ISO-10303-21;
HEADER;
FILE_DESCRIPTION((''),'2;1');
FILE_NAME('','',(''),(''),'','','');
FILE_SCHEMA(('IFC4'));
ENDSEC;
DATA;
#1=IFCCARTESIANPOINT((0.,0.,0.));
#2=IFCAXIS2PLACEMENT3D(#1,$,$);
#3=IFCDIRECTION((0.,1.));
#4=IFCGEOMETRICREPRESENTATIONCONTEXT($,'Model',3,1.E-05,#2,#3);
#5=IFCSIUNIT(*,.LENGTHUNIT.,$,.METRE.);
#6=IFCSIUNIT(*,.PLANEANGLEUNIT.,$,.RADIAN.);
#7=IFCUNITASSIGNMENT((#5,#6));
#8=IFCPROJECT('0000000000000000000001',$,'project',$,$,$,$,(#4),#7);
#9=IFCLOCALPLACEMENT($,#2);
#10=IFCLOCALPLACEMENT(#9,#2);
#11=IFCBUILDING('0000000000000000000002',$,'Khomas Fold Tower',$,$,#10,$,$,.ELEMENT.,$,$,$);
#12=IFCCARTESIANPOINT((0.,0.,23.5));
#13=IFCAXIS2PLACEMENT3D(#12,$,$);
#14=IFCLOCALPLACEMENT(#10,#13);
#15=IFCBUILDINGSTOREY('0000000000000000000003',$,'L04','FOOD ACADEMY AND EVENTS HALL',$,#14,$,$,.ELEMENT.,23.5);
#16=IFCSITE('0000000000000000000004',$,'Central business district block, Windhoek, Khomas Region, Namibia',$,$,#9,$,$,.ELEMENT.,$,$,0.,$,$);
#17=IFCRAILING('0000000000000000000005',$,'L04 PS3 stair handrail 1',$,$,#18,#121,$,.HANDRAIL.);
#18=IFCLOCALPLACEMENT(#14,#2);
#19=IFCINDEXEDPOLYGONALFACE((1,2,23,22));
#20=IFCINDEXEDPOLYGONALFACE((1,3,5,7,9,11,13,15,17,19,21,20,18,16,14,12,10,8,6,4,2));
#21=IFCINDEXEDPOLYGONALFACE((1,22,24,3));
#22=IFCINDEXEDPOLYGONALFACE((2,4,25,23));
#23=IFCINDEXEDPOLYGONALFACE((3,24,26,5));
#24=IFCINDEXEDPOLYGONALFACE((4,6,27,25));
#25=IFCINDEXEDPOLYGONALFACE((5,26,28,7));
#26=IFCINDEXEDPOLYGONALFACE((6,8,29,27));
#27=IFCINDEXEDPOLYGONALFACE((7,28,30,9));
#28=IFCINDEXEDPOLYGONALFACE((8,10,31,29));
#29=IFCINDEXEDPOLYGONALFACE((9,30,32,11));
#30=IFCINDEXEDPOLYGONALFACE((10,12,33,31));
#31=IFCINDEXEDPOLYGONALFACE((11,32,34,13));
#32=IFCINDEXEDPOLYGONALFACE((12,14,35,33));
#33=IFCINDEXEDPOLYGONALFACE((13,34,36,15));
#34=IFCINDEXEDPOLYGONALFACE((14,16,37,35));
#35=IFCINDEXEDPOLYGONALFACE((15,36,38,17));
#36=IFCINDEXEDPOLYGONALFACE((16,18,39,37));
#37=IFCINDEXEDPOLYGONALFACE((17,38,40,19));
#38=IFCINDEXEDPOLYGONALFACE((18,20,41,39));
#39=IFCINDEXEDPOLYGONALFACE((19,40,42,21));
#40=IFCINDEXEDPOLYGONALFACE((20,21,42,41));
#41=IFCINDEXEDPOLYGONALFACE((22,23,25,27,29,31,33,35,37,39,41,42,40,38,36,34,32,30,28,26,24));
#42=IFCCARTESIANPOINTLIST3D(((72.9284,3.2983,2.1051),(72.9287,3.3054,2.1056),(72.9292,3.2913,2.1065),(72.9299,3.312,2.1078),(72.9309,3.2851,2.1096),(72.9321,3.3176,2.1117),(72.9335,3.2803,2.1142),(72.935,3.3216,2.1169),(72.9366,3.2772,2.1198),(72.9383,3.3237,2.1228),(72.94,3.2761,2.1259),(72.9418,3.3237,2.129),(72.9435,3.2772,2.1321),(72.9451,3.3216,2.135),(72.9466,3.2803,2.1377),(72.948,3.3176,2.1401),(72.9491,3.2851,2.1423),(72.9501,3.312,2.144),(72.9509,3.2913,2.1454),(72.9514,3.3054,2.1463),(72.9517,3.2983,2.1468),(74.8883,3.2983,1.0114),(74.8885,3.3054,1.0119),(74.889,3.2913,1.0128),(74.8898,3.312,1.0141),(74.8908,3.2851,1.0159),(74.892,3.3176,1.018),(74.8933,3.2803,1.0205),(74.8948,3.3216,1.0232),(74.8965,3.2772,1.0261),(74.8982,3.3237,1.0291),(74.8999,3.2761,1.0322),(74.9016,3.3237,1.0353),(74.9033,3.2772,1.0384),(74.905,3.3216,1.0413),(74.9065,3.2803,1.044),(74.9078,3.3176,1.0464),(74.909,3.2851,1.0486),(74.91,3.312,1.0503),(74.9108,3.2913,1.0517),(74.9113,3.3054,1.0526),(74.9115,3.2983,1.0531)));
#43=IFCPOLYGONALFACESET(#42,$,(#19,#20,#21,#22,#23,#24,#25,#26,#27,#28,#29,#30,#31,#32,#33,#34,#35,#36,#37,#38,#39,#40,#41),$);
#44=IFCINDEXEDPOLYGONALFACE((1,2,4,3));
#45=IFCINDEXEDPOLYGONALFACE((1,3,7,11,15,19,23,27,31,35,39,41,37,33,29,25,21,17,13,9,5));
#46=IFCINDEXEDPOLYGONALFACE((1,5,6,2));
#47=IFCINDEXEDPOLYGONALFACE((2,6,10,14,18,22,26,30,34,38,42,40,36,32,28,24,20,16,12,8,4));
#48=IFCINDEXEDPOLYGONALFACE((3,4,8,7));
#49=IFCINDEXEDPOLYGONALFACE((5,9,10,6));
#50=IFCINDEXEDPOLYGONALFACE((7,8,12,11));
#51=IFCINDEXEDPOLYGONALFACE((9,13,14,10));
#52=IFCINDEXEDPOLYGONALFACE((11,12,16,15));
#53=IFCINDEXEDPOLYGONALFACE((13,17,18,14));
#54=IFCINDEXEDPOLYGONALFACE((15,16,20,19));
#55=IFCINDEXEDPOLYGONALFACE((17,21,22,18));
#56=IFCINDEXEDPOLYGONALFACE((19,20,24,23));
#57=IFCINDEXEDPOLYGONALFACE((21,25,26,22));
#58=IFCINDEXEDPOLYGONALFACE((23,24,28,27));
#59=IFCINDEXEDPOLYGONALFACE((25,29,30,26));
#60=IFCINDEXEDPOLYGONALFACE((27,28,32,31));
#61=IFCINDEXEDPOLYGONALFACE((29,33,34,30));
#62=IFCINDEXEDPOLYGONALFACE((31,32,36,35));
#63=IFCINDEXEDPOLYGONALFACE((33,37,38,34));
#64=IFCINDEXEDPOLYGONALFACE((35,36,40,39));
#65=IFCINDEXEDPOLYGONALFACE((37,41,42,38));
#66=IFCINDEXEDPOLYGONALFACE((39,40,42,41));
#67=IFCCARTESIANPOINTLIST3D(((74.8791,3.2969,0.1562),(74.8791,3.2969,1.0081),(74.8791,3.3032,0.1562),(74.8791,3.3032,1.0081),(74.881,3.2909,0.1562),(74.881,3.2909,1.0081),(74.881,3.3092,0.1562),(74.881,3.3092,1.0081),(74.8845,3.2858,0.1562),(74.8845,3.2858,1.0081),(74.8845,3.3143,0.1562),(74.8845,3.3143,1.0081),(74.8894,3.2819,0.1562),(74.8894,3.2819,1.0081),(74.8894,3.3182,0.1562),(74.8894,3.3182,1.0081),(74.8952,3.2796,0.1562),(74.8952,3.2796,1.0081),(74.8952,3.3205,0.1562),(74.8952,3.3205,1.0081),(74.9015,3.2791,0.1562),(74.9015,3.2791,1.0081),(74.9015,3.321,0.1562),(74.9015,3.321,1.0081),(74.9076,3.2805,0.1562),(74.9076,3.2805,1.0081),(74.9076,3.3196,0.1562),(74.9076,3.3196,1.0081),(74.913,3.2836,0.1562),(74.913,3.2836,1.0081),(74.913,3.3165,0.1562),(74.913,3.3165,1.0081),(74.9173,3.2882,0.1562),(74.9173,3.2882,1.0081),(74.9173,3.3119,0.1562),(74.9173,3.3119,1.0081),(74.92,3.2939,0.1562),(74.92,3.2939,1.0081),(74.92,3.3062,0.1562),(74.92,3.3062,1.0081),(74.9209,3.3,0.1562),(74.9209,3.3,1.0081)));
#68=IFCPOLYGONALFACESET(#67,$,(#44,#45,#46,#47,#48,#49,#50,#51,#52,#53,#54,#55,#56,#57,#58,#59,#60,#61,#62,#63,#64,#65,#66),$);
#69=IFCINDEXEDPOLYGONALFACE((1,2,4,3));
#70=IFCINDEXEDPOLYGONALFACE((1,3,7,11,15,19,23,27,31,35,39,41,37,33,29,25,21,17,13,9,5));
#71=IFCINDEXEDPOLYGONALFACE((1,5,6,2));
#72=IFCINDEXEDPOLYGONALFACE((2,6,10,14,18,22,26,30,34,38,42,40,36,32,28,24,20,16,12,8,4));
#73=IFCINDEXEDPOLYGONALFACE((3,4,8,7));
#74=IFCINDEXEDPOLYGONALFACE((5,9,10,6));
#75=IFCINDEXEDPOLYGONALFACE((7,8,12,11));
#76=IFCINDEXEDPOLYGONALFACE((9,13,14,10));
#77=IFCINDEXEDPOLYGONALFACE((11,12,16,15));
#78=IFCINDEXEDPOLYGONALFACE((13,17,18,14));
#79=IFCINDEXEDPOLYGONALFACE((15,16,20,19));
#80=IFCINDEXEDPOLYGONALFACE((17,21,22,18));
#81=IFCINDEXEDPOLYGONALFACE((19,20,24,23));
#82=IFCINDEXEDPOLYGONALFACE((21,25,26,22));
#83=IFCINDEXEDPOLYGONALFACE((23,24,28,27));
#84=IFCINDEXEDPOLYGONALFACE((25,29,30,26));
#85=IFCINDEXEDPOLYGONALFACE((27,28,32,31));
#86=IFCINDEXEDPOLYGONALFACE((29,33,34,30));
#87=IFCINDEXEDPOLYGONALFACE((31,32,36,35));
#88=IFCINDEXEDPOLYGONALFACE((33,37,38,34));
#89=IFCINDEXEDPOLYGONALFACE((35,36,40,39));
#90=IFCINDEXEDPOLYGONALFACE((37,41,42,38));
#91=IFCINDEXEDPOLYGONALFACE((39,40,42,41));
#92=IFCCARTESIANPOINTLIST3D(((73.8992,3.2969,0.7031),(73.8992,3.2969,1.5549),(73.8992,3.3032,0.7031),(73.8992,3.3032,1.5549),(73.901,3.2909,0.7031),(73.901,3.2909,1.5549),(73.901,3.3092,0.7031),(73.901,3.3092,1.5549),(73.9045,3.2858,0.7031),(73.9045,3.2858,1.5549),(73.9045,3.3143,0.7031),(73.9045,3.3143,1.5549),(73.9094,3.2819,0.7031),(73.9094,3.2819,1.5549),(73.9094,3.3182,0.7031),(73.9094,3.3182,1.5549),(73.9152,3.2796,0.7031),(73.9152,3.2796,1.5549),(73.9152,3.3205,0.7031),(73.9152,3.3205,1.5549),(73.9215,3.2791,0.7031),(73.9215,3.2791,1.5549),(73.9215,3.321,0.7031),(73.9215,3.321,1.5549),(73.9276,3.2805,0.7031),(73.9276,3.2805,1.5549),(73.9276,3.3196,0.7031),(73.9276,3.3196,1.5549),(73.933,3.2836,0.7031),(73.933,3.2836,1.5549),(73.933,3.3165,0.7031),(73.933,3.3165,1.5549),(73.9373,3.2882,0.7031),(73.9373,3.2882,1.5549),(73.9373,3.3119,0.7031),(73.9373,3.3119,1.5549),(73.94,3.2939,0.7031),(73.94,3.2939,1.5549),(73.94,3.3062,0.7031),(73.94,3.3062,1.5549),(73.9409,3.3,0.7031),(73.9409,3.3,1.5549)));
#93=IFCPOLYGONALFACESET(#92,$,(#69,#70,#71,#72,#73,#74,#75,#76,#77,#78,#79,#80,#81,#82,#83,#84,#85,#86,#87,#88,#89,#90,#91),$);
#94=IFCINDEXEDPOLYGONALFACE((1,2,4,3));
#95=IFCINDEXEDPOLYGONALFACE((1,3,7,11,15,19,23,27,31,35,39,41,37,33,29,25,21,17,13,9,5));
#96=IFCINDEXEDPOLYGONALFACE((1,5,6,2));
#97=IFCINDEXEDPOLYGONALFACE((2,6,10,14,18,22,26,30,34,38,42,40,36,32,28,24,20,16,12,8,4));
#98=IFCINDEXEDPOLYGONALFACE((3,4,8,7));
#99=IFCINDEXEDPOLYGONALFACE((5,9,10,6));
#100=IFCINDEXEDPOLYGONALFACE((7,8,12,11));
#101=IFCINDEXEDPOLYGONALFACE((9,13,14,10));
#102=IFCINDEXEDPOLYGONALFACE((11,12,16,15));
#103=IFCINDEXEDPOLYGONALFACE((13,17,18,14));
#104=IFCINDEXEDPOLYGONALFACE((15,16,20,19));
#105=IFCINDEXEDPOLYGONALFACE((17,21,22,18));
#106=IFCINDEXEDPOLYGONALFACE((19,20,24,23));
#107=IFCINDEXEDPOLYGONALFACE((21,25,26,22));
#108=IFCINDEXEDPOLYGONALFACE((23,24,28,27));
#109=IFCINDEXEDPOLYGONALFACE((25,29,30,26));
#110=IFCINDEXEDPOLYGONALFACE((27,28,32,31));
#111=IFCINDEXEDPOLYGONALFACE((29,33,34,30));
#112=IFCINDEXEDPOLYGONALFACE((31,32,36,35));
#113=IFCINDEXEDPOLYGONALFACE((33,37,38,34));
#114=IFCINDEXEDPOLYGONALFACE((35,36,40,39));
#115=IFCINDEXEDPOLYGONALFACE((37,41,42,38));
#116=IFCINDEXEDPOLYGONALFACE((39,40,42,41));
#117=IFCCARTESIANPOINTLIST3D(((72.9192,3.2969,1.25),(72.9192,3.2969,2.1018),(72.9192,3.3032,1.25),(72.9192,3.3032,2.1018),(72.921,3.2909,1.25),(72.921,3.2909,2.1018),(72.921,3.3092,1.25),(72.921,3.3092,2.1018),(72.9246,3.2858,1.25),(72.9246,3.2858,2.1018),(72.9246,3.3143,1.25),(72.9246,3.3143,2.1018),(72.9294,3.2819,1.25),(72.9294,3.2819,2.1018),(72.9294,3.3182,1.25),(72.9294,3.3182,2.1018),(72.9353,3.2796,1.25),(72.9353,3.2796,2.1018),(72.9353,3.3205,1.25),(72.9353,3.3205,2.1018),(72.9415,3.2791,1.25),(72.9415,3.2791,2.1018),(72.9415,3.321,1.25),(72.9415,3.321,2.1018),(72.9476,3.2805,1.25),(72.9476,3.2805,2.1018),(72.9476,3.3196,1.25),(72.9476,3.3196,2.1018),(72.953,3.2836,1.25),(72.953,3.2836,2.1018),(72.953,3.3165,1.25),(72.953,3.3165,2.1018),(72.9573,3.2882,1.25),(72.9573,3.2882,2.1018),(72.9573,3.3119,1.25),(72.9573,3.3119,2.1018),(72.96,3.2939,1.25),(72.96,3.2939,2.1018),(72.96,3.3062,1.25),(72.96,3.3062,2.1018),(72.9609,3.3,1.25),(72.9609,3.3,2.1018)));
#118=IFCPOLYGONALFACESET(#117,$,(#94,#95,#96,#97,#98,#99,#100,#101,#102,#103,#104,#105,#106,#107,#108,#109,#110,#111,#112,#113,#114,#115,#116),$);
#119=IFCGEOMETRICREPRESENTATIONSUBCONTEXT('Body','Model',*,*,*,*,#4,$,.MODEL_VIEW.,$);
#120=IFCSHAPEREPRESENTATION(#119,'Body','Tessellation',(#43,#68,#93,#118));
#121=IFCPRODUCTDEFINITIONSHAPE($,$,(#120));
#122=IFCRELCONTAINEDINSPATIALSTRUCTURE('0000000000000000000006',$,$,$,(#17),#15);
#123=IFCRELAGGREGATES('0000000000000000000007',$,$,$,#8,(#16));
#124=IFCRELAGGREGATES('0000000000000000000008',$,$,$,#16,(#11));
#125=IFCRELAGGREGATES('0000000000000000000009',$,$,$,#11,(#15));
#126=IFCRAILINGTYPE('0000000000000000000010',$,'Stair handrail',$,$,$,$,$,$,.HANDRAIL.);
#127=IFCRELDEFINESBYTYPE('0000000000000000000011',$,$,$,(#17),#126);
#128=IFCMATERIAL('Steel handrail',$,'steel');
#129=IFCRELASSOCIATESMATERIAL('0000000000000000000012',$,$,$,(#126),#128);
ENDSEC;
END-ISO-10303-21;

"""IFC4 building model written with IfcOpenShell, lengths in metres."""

from ifc_helpers import new_model, si_unit, direction, frame, origin, origin_2d, place, context, subcontext, project, spatial, circle, extrude, source, transform, mapped, material, type_object, element, save


model = new_model("IFC4")

# Units and contexts
model_context = context("Model", 3, precision=1e-05, world=origin(), true_north=direction((0.0, 1.0)))
body_context = subcontext(model_context, "Body", "Model", "MODEL_VIEW")
ifc_project = project(units=[si_unit("LENGTHUNIT", "METRE"), si_unit("PLANEANGLEUNIT", "RADIAN")], contexts=[model_context])

# Site, building, storey
site_placement = place(None, origin())
site = spatial("IfcSite", under=ifc_project, at=site_placement, Name="Central business district block, Windhoek, Khomas Region, Namibia", CompositionType="ELEMENT", RefElevation=0.0)
building_placement = place(site_placement, origin())
building = spatial("IfcBuilding", under=site, at=building_placement, Name="Khomas Fold Tower", CompositionType="ELEMENT")
storey_placement = place(building_placement, frame((0.0, 0.0, 23.5)))
storey = spatial("IfcBuildingStorey", under=building, at=storey_placement, Name="L04", Description="FOOD ACADEMY AND EVENTS HALL", CompositionType="ELEMENT", Elevation=23.5)

# Railing
ifc_material_1 = material(Name="Steel handrail", Category="steel")
railing_type_1 = type_object("IfcRailingType", Name="Stair handrail", PredefinedType="HANDRAIL", material=ifc_material_1)
shared_shape_1 = source(origin(), body_context, "Body", "SweptSolid", [
    extrude(circle(Radius=0.0239, at=origin_2d()), frame((0.0, 0.0, 0.876), z_axis=(-0.873232, 0.0, 0.487304), x_axis=(0.0, -1.0, 0.0)), (0.0, 0.0, 1.0), 2.2444),
    extrude(circle(Radius=0.021, at=origin_2d()), origin(), (0.0, 0.0, 1.0), 0.8518),
    extrude(circle(Radius=0.021, at=origin_2d()), frame((-0.98, 0.0, 0.5469)), (0.0, 0.0, 1.0), 0.8518),
    extrude(circle(Radius=0.021, at=origin_2d()), frame((-1.96, 0.0, 1.0938)), (0.0, 0.0, 1.0), 0.8518),
])
for number, where, name in (
    (1, (74.8999, 3.3, 0.1562), "L04 PS3 stair handrail 1"),
):
    element("IfcRailing", number, at=place(storey_placement, frame(where)), inside=storey, type_object=railing_type_1, Name=name, PredefinedType="HANDRAIL", context=body_context, shape_type="MappedRepresentation", body=[
        mapped(shared_shape_1, transform((0.0, 0.0, 0.0))),
    ])

save(model, "model.ifc")
